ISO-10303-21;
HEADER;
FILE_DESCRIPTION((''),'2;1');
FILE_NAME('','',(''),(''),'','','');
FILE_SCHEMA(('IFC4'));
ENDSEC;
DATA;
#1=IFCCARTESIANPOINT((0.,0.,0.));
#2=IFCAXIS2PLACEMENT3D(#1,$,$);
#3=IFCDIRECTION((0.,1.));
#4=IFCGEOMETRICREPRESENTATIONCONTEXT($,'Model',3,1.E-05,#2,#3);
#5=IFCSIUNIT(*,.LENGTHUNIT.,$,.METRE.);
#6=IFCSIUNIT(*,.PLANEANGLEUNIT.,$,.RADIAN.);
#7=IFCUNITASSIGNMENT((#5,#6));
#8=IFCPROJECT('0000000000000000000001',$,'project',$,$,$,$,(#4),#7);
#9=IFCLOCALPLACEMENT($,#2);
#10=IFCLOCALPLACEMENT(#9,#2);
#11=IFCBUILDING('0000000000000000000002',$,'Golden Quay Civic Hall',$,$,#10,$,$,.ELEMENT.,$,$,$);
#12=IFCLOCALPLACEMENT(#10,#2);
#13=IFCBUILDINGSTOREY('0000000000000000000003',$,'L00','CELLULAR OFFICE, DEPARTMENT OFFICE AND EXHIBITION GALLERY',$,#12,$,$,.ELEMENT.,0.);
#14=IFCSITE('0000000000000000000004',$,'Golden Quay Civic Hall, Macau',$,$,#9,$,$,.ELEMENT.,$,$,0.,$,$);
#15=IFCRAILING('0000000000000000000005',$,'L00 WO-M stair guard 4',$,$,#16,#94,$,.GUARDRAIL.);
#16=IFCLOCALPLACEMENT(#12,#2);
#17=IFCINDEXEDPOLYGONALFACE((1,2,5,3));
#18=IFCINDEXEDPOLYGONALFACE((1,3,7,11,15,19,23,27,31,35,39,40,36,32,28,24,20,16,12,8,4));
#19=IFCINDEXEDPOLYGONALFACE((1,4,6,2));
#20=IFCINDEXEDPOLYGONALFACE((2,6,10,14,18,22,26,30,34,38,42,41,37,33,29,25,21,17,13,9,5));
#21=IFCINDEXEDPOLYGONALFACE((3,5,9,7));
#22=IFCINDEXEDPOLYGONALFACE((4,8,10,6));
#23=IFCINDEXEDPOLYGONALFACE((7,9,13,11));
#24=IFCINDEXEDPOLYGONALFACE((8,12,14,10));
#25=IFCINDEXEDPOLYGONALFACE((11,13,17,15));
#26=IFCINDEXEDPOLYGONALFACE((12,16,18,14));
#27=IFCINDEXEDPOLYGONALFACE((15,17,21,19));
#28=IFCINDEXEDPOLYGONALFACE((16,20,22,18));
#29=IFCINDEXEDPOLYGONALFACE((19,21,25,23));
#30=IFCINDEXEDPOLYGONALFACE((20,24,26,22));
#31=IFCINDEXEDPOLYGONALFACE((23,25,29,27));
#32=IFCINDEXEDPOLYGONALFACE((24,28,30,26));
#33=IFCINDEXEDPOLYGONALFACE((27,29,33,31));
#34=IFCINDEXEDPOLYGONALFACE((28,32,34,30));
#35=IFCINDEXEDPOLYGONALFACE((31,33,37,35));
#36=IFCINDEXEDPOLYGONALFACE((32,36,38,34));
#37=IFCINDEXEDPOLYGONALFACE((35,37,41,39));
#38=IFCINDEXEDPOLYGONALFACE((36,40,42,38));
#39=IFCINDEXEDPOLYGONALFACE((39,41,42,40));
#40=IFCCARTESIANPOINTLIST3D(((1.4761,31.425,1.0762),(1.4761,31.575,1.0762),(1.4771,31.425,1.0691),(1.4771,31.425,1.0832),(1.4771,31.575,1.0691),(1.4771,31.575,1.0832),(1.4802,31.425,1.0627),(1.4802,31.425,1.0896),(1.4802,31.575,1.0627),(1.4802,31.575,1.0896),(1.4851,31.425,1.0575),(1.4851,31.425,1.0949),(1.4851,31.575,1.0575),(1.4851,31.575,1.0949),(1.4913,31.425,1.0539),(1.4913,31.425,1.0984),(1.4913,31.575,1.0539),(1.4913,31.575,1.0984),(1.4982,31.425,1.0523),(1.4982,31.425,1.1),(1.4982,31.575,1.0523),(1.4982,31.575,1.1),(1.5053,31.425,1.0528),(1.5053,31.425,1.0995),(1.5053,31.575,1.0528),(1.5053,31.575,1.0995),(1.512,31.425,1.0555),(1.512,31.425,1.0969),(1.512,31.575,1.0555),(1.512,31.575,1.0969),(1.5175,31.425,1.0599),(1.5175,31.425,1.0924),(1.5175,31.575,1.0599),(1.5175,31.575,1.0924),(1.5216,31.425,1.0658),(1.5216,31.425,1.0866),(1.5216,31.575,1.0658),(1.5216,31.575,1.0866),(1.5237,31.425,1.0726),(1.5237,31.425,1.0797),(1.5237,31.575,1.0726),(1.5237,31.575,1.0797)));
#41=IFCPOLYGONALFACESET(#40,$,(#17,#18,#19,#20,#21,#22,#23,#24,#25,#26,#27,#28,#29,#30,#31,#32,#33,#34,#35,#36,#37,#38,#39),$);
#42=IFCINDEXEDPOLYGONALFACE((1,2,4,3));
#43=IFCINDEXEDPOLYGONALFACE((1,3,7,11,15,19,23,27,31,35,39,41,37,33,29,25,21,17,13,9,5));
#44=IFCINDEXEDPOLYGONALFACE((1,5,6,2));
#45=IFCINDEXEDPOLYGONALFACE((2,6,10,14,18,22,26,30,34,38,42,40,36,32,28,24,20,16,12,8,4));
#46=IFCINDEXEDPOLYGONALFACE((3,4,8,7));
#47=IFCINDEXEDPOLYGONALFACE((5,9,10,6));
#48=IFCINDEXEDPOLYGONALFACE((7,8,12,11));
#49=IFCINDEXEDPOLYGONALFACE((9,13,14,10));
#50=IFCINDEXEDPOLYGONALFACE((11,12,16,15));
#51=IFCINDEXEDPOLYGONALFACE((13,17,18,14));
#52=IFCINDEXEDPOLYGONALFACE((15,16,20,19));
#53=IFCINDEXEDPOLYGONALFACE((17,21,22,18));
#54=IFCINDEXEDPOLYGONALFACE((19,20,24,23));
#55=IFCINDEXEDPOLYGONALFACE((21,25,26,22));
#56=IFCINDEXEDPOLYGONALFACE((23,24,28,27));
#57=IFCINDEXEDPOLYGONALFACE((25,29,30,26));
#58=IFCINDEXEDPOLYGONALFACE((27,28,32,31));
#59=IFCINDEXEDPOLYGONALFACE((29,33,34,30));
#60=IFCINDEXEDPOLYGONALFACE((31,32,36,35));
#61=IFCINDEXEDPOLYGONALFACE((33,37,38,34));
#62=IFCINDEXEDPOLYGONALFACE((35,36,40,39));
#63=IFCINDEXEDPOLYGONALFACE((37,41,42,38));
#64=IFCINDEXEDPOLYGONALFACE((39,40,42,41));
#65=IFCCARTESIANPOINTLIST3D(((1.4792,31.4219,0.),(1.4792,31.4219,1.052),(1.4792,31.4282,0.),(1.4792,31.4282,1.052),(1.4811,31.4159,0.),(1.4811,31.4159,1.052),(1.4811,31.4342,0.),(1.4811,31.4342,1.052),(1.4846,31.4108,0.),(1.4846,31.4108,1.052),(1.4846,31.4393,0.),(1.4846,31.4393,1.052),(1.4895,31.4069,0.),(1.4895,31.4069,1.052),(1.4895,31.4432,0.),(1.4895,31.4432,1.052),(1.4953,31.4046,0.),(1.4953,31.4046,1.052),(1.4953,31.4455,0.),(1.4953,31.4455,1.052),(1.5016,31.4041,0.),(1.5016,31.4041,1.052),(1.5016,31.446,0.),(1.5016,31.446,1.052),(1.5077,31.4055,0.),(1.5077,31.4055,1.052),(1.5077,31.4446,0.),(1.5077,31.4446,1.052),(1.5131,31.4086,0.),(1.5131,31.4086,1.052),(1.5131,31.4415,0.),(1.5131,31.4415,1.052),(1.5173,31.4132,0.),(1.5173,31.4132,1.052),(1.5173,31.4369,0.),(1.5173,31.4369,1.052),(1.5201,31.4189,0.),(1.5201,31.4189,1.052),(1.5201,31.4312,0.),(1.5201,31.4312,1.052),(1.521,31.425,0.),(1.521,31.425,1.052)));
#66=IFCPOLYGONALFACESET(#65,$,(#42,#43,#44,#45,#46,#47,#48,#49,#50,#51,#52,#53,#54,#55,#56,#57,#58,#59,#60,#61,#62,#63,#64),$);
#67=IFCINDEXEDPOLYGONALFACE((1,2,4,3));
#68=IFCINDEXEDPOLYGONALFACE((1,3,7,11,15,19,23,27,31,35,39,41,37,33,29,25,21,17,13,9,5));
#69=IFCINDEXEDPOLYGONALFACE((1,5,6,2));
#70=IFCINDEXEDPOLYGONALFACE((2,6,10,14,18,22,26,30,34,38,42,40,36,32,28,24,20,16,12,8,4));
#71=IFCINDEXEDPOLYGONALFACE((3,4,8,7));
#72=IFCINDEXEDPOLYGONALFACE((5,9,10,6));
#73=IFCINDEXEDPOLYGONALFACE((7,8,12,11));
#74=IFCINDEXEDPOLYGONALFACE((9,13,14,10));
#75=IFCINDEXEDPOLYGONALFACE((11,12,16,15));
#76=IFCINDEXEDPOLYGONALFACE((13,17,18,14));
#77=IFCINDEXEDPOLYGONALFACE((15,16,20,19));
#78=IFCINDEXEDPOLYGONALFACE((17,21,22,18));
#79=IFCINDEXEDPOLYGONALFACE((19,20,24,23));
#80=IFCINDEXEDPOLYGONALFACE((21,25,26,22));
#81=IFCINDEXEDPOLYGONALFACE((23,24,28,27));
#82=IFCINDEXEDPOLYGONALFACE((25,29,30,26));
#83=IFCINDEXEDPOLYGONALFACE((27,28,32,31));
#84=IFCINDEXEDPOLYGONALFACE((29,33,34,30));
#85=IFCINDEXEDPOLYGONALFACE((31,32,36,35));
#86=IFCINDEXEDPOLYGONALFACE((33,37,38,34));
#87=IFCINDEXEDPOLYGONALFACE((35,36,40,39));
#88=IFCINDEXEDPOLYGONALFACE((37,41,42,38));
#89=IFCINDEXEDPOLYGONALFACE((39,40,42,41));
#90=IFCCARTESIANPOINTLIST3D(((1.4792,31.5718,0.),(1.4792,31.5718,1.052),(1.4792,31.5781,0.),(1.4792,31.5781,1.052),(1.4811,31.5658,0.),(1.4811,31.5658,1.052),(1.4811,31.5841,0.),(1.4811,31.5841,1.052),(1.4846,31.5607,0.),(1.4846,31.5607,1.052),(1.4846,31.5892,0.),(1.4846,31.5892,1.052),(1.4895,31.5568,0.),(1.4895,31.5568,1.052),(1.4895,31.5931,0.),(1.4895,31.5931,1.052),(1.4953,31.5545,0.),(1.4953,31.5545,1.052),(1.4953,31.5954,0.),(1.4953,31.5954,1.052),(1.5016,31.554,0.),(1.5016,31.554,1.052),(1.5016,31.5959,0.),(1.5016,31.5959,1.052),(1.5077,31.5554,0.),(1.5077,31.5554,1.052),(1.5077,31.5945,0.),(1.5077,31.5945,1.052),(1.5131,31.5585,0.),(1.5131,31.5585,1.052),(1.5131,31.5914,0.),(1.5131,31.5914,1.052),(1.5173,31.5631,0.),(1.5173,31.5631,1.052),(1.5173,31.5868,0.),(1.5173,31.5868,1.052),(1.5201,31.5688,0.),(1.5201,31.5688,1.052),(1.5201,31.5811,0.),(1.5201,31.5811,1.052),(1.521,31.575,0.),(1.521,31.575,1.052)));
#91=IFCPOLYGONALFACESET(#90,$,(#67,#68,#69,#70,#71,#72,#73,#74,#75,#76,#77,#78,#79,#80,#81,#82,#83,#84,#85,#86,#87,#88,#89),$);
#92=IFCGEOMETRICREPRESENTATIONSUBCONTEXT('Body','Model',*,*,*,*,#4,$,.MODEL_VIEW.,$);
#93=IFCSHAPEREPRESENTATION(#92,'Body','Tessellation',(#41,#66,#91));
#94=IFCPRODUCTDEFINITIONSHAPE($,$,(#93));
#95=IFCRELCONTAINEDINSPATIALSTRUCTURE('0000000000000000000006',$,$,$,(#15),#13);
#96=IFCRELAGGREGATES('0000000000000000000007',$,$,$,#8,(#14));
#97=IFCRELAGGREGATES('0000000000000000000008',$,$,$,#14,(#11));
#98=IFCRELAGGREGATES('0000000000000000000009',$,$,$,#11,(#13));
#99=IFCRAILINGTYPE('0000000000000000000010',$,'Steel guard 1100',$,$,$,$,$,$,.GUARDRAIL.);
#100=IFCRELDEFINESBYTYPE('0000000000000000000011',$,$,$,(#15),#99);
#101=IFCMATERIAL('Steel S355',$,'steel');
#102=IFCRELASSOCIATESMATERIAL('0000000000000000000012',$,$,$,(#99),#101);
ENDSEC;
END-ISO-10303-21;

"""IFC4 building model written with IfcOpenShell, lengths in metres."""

from ifc_helpers import new_model, si_unit, direction, frame, origin, origin_2d, place, context, subcontext, project, spatial, circle, extrude, material, type_object, element, save


model = new_model("IFC4")

# Units and contexts
model_context = context("Model", 3, precision=1e-05, world=origin(), true_north=direction((0.0, 1.0)))
body_context = subcontext(model_context, "Body", "Model", "MODEL_VIEW")
ifc_project = project(units=[si_unit("LENGTHUNIT", "METRE"), si_unit("PLANEANGLEUNIT", "RADIAN")], contexts=[model_context])

# Site, building, storey
site_placement = place(None, origin())
site = spatial("IfcSite", under=ifc_project, at=site_placement, Name="Golden Quay Civic Hall, Macau", CompositionType="ELEMENT", RefElevation=0.0)
building_placement = place(site_placement, origin())
building = spatial("IfcBuilding", under=site, at=building_placement, Name="Golden Quay Civic Hall", CompositionType="ELEMENT")
storey_placement = place(building_placement, origin())
storey = spatial("IfcBuildingStorey", under=building, at=storey_placement, Name="L00", Description="CELLULAR OFFICE, DEPARTMENT OFFICE AND EXHIBITION GALLERY", CompositionType="ELEMENT", Elevation=0.0)

# Railing
ifc_material_1 = material(Name="Steel S355", Category="steel")
railing_type_1 = type_object("IfcRailingType", Name="Steel guard 1100", PredefinedType="GUARDRAIL", material=ifc_material_1)
railing_1_placement = place(storey_placement, frame((1.5, 31.425, 0.0)))
element("IfcRailing", 1, at=railing_1_placement, inside=storey, type_object=railing_type_1, Name="L00 WO-M stair guard 4", PredefinedType="GUARDRAIL", context=body_context, shape_type="SweptSolid", body=[
    extrude(circle(Radius=0.0239, at=origin_2d()), frame((0.0, 0.0, 1.0762), z_axis=(0.0, 1.0, 0.0), x_axis=(-1.0, 0.0, 0.0)), (0.0, 0.0, 1.0), 0.1499),
    extrude(circle(Radius=0.021, at=origin_2d()), origin(), (0.0, 0.0, 1.0), 1.052),
    extrude(circle(Radius=0.021, at=origin_2d()), frame((0.0, 0.1499, 0.0)), (0.0, 0.0, 1.0), 1.052),
])

save(model, "model.ifc")
